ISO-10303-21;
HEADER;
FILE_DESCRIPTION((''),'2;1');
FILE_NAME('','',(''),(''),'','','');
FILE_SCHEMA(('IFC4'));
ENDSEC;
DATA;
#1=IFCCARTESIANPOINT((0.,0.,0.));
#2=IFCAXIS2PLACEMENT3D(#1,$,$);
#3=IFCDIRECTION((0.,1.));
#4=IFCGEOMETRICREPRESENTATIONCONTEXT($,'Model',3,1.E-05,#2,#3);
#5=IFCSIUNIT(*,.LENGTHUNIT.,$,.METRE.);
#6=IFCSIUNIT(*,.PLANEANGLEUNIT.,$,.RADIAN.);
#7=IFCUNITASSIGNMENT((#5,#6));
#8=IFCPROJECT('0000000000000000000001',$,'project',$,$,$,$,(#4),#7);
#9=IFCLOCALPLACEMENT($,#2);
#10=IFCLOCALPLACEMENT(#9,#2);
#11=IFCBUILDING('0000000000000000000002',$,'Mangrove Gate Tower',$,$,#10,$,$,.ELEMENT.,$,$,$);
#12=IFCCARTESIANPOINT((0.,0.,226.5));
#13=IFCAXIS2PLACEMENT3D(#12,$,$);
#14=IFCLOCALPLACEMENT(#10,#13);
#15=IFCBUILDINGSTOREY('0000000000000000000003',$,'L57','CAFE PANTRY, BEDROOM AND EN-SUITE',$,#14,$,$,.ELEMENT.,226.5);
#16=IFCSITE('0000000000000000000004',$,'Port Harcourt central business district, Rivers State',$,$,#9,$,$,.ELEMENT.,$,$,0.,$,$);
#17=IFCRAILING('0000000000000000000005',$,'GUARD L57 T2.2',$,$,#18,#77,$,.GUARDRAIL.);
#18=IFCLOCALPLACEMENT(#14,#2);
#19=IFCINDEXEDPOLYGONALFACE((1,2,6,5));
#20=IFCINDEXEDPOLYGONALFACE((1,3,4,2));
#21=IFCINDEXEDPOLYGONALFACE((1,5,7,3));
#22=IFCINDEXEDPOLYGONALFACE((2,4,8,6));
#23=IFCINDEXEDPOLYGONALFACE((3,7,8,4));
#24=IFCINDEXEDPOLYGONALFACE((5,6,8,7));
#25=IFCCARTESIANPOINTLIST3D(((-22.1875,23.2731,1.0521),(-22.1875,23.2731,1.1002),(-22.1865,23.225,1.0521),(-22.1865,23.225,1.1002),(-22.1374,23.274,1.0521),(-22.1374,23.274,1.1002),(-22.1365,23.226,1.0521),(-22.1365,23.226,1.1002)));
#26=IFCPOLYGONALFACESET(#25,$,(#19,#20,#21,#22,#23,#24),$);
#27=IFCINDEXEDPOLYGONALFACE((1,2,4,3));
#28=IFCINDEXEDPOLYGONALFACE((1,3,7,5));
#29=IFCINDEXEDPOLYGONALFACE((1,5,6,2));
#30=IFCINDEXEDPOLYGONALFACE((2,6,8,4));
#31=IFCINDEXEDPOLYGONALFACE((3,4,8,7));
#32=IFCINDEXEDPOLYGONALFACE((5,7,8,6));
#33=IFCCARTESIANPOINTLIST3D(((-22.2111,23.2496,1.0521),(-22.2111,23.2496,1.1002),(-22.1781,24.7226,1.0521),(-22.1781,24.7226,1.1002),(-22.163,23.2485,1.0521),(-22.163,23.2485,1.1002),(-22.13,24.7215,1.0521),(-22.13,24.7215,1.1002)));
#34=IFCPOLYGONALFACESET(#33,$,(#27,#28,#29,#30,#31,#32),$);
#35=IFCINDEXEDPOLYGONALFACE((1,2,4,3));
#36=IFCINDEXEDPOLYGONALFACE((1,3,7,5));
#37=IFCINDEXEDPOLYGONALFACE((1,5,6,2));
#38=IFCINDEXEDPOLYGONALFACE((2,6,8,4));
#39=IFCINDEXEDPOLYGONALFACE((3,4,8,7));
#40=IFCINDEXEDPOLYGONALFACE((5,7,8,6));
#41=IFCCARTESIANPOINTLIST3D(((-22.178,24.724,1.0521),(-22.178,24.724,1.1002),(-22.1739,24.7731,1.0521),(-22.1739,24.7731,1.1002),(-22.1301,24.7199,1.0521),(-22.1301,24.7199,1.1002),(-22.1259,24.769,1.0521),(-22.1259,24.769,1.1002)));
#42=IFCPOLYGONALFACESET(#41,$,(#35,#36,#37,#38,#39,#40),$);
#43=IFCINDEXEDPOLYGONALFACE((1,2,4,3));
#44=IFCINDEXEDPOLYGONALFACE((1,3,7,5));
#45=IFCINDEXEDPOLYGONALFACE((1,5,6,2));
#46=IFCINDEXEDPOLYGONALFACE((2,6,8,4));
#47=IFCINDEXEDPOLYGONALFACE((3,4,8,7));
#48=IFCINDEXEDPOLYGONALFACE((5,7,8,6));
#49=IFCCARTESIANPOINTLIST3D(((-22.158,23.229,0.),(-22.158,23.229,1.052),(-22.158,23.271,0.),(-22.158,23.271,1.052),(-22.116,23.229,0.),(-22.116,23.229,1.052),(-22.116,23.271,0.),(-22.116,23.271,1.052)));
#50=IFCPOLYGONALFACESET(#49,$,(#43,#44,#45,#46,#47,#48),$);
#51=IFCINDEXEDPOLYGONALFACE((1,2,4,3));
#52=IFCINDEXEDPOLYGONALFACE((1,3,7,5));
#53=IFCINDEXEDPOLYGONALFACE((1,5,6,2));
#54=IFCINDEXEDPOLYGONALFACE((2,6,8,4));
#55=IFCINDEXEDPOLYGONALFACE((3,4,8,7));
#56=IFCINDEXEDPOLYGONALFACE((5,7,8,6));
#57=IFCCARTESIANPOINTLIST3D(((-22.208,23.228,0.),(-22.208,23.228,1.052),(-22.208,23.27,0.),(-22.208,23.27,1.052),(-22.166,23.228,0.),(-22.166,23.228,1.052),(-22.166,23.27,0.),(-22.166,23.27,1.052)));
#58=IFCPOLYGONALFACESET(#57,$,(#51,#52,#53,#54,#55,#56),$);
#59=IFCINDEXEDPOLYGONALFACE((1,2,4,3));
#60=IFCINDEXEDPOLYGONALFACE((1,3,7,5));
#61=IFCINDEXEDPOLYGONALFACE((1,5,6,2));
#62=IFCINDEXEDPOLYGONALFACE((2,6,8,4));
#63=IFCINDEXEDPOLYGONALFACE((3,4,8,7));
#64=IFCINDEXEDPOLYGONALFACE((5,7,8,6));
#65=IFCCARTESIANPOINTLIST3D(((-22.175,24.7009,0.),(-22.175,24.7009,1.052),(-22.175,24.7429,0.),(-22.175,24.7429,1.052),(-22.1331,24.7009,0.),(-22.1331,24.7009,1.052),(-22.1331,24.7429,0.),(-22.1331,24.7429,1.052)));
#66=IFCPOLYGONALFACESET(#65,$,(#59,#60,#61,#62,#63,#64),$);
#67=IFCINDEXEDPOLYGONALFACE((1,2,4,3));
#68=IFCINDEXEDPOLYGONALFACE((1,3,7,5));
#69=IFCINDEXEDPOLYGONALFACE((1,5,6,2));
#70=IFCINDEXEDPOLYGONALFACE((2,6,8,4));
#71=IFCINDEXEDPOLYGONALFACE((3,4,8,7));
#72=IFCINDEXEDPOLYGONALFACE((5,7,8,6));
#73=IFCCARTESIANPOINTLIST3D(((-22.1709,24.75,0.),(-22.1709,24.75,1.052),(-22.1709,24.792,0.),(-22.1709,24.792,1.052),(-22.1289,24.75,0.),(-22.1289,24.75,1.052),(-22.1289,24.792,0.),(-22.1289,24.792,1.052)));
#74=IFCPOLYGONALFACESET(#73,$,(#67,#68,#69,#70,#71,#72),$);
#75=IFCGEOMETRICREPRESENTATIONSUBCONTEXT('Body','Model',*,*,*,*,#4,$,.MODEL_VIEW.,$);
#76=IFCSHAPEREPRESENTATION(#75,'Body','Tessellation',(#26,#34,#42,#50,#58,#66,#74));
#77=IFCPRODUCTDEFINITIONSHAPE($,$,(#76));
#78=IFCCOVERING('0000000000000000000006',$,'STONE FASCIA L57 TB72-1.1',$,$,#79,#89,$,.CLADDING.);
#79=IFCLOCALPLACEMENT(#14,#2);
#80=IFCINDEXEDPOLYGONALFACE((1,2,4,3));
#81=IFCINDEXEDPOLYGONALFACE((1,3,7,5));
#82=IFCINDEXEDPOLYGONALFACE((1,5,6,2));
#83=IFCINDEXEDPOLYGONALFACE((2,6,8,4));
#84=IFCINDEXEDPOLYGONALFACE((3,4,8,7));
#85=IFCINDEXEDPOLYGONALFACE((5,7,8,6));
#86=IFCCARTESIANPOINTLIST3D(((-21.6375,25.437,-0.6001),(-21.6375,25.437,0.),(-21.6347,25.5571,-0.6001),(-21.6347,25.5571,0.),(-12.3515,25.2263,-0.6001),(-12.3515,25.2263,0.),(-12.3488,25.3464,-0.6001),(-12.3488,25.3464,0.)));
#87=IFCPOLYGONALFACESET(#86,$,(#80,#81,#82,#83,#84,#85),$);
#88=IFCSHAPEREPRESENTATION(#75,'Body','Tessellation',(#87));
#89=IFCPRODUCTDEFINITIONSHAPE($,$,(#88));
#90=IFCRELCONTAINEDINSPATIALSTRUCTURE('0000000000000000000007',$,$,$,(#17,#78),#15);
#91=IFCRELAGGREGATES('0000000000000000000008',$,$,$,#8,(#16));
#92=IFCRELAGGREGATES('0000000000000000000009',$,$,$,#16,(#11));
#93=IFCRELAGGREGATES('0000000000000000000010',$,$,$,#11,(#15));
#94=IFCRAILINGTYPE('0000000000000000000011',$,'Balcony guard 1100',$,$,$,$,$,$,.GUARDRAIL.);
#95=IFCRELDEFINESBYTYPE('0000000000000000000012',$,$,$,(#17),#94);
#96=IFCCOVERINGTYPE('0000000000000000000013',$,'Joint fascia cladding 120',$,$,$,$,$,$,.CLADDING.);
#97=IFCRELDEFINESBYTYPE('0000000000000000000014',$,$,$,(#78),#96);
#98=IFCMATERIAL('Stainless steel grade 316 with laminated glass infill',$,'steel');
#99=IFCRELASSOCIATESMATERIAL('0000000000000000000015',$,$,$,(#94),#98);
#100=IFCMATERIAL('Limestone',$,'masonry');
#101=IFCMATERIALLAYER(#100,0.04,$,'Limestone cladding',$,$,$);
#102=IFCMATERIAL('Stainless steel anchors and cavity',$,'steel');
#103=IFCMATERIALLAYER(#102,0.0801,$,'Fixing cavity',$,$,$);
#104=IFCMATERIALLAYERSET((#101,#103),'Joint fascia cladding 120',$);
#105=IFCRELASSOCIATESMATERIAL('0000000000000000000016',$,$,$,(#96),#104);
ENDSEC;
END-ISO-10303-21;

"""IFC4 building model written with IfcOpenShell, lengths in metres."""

from ifc_helpers import new_model, si_unit, direction, frame, frame_2d, origin, origin_2d, place, context, subcontext, project, spatial, rectangle, extrude, material, layer, layer_set, type_object, element, save


model = new_model("IFC4")

# Units and contexts
model_context = context("Model", 3, precision=1e-05, world=origin(), true_north=direction((0.0, 1.0)))
body_context = subcontext(model_context, "Body", "Model", "MODEL_VIEW")
ifc_project = project(units=[si_unit("LENGTHUNIT", "METRE"), si_unit("PLANEANGLEUNIT", "RADIAN")], contexts=[model_context])

# Site, building, storey
site_placement = place(None, origin())
site = spatial("IfcSite", under=ifc_project, at=site_placement, Name="Port Harcourt central business district, Rivers State", CompositionType="ELEMENT", RefElevation=0.0)
building_placement = place(site_placement, origin())
building = spatial("IfcBuilding", under=site, at=building_placement, Name="Mangrove Gate Tower", CompositionType="ELEMENT")
storey_placement = place(building_placement, frame((0.0, 0.0, 226.5)))
storey = spatial("IfcBuildingStorey", under=building, at=storey_placement, Name="L57", Description="CAFE PANTRY, BEDROOM AND EN-SUITE", CompositionType="ELEMENT", Elevation=226.5)

# Shared definitions
ifc_material_1 = material(Name="Limestone", Category="masonry")

# Railing
ifc_material_2 = material(Name="Stainless steel grade 316 with laminated glass infill", Category="steel")
railing_type = type_object("IfcRailingType", Name="Balcony guard 1100", PredefinedType="GUARDRAIL", material=ifc_material_2)
railing_1_placement = place(storey_placement, frame((-22.137, 23.25, 0.0)))
element("IfcRailing", 1, at=railing_1_placement, inside=storey, type_object=railing_type, Name="GUARD L57 T2.2", PredefinedType="GUARDRAIL", context=body_context, shape_type="SweptSolid", body=[
    extrude(rectangle(XDim=0.0481, YDim=0.0481, at=origin_2d()), frame((0.0, 0.0, 1.0762), z_axis=(-0.99981, -0.019508, 0.0), x_axis=(0.019508, -0.99981, 0.0)), (0.0, 0.0, 1.0), 0.05),
    extrude(rectangle(XDim=0.0481, YDim=0.0481, at=origin_2d()), frame((-0.05, -0.001, 1.0762), z_axis=(0.022371, 0.99975, 0.0), x_axis=(-0.99975, 0.022371, 0.0)), (0.0, 0.0, 1.0), 1.4734),
    extrude(rectangle(XDim=0.0481, YDim=0.0481, at=origin_2d()), frame((-0.0171, 1.4719, 1.0762), z_axis=(0.084276, 0.996442, 0.0), x_axis=(-0.996442, 0.084276, 0.0)), (0.0, 0.0, 1.0), 0.0493),
    extrude(rectangle(XDim=0.042, YDim=0.042, at=origin_2d()), origin(), (0.0, 0.0, 1.0), 1.052),
    extrude(rectangle(XDim=0.042, YDim=0.042, at=origin_2d()), frame((-0.05, -0.001, 0.0)), (0.0, 0.0, 1.0), 1.052),
    extrude(rectangle(XDim=0.042, YDim=0.042, at=origin_2d()), frame((-0.0171, 1.4719, 0.0)), (0.0, 0.0, 1.0), 1.052),
    extrude(rectangle(XDim=0.042, YDim=0.042, at=origin_2d()), frame((-0.0129, 1.521, 0.0)), (0.0, 0.0, 1.0), 1.052),
])

# Covering
ifc_layer_1 = layer(ifc_material_1, 0.04, Name="Limestone cladding")
ifc_material_3 = material(Name="Stainless steel anchors and cavity", Category="steel")
ifc_layer_2 = layer(ifc_material_3, 0.0801, Name="Fixing cavity")
ifc_layer_set_1 = layer_set([ifc_layer_1, ifc_layer_2], Name="Joint fascia cladding 120")
covering_type = type_object("IfcCoveringType", Name="Joint fascia cladding 120", PredefinedType="CLADDING", material=ifc_layer_set_1)
covering_placement = place(storey_placement, frame((-21.636, 25.4971, -0.6001), z_axis=(0.0, 0.0, 1.0), x_axis=(0.999743, -0.022684, 0.0)))
element("IfcCovering", 2, at=covering_placement, inside=storey, type_object=covering_type, Name="STONE FASCIA L57 TB72-1.1", PredefinedType="CLADDING", context=body_context, shape_type="SweptSolid", body=[
    extrude(rectangle(XDim=9.2883, YDim=0.1201, at=frame_2d((4.644, 0.0))), origin(), (0.0, 0.0, 1.0), 0.6001),
])

save(model, "model.ifc")
